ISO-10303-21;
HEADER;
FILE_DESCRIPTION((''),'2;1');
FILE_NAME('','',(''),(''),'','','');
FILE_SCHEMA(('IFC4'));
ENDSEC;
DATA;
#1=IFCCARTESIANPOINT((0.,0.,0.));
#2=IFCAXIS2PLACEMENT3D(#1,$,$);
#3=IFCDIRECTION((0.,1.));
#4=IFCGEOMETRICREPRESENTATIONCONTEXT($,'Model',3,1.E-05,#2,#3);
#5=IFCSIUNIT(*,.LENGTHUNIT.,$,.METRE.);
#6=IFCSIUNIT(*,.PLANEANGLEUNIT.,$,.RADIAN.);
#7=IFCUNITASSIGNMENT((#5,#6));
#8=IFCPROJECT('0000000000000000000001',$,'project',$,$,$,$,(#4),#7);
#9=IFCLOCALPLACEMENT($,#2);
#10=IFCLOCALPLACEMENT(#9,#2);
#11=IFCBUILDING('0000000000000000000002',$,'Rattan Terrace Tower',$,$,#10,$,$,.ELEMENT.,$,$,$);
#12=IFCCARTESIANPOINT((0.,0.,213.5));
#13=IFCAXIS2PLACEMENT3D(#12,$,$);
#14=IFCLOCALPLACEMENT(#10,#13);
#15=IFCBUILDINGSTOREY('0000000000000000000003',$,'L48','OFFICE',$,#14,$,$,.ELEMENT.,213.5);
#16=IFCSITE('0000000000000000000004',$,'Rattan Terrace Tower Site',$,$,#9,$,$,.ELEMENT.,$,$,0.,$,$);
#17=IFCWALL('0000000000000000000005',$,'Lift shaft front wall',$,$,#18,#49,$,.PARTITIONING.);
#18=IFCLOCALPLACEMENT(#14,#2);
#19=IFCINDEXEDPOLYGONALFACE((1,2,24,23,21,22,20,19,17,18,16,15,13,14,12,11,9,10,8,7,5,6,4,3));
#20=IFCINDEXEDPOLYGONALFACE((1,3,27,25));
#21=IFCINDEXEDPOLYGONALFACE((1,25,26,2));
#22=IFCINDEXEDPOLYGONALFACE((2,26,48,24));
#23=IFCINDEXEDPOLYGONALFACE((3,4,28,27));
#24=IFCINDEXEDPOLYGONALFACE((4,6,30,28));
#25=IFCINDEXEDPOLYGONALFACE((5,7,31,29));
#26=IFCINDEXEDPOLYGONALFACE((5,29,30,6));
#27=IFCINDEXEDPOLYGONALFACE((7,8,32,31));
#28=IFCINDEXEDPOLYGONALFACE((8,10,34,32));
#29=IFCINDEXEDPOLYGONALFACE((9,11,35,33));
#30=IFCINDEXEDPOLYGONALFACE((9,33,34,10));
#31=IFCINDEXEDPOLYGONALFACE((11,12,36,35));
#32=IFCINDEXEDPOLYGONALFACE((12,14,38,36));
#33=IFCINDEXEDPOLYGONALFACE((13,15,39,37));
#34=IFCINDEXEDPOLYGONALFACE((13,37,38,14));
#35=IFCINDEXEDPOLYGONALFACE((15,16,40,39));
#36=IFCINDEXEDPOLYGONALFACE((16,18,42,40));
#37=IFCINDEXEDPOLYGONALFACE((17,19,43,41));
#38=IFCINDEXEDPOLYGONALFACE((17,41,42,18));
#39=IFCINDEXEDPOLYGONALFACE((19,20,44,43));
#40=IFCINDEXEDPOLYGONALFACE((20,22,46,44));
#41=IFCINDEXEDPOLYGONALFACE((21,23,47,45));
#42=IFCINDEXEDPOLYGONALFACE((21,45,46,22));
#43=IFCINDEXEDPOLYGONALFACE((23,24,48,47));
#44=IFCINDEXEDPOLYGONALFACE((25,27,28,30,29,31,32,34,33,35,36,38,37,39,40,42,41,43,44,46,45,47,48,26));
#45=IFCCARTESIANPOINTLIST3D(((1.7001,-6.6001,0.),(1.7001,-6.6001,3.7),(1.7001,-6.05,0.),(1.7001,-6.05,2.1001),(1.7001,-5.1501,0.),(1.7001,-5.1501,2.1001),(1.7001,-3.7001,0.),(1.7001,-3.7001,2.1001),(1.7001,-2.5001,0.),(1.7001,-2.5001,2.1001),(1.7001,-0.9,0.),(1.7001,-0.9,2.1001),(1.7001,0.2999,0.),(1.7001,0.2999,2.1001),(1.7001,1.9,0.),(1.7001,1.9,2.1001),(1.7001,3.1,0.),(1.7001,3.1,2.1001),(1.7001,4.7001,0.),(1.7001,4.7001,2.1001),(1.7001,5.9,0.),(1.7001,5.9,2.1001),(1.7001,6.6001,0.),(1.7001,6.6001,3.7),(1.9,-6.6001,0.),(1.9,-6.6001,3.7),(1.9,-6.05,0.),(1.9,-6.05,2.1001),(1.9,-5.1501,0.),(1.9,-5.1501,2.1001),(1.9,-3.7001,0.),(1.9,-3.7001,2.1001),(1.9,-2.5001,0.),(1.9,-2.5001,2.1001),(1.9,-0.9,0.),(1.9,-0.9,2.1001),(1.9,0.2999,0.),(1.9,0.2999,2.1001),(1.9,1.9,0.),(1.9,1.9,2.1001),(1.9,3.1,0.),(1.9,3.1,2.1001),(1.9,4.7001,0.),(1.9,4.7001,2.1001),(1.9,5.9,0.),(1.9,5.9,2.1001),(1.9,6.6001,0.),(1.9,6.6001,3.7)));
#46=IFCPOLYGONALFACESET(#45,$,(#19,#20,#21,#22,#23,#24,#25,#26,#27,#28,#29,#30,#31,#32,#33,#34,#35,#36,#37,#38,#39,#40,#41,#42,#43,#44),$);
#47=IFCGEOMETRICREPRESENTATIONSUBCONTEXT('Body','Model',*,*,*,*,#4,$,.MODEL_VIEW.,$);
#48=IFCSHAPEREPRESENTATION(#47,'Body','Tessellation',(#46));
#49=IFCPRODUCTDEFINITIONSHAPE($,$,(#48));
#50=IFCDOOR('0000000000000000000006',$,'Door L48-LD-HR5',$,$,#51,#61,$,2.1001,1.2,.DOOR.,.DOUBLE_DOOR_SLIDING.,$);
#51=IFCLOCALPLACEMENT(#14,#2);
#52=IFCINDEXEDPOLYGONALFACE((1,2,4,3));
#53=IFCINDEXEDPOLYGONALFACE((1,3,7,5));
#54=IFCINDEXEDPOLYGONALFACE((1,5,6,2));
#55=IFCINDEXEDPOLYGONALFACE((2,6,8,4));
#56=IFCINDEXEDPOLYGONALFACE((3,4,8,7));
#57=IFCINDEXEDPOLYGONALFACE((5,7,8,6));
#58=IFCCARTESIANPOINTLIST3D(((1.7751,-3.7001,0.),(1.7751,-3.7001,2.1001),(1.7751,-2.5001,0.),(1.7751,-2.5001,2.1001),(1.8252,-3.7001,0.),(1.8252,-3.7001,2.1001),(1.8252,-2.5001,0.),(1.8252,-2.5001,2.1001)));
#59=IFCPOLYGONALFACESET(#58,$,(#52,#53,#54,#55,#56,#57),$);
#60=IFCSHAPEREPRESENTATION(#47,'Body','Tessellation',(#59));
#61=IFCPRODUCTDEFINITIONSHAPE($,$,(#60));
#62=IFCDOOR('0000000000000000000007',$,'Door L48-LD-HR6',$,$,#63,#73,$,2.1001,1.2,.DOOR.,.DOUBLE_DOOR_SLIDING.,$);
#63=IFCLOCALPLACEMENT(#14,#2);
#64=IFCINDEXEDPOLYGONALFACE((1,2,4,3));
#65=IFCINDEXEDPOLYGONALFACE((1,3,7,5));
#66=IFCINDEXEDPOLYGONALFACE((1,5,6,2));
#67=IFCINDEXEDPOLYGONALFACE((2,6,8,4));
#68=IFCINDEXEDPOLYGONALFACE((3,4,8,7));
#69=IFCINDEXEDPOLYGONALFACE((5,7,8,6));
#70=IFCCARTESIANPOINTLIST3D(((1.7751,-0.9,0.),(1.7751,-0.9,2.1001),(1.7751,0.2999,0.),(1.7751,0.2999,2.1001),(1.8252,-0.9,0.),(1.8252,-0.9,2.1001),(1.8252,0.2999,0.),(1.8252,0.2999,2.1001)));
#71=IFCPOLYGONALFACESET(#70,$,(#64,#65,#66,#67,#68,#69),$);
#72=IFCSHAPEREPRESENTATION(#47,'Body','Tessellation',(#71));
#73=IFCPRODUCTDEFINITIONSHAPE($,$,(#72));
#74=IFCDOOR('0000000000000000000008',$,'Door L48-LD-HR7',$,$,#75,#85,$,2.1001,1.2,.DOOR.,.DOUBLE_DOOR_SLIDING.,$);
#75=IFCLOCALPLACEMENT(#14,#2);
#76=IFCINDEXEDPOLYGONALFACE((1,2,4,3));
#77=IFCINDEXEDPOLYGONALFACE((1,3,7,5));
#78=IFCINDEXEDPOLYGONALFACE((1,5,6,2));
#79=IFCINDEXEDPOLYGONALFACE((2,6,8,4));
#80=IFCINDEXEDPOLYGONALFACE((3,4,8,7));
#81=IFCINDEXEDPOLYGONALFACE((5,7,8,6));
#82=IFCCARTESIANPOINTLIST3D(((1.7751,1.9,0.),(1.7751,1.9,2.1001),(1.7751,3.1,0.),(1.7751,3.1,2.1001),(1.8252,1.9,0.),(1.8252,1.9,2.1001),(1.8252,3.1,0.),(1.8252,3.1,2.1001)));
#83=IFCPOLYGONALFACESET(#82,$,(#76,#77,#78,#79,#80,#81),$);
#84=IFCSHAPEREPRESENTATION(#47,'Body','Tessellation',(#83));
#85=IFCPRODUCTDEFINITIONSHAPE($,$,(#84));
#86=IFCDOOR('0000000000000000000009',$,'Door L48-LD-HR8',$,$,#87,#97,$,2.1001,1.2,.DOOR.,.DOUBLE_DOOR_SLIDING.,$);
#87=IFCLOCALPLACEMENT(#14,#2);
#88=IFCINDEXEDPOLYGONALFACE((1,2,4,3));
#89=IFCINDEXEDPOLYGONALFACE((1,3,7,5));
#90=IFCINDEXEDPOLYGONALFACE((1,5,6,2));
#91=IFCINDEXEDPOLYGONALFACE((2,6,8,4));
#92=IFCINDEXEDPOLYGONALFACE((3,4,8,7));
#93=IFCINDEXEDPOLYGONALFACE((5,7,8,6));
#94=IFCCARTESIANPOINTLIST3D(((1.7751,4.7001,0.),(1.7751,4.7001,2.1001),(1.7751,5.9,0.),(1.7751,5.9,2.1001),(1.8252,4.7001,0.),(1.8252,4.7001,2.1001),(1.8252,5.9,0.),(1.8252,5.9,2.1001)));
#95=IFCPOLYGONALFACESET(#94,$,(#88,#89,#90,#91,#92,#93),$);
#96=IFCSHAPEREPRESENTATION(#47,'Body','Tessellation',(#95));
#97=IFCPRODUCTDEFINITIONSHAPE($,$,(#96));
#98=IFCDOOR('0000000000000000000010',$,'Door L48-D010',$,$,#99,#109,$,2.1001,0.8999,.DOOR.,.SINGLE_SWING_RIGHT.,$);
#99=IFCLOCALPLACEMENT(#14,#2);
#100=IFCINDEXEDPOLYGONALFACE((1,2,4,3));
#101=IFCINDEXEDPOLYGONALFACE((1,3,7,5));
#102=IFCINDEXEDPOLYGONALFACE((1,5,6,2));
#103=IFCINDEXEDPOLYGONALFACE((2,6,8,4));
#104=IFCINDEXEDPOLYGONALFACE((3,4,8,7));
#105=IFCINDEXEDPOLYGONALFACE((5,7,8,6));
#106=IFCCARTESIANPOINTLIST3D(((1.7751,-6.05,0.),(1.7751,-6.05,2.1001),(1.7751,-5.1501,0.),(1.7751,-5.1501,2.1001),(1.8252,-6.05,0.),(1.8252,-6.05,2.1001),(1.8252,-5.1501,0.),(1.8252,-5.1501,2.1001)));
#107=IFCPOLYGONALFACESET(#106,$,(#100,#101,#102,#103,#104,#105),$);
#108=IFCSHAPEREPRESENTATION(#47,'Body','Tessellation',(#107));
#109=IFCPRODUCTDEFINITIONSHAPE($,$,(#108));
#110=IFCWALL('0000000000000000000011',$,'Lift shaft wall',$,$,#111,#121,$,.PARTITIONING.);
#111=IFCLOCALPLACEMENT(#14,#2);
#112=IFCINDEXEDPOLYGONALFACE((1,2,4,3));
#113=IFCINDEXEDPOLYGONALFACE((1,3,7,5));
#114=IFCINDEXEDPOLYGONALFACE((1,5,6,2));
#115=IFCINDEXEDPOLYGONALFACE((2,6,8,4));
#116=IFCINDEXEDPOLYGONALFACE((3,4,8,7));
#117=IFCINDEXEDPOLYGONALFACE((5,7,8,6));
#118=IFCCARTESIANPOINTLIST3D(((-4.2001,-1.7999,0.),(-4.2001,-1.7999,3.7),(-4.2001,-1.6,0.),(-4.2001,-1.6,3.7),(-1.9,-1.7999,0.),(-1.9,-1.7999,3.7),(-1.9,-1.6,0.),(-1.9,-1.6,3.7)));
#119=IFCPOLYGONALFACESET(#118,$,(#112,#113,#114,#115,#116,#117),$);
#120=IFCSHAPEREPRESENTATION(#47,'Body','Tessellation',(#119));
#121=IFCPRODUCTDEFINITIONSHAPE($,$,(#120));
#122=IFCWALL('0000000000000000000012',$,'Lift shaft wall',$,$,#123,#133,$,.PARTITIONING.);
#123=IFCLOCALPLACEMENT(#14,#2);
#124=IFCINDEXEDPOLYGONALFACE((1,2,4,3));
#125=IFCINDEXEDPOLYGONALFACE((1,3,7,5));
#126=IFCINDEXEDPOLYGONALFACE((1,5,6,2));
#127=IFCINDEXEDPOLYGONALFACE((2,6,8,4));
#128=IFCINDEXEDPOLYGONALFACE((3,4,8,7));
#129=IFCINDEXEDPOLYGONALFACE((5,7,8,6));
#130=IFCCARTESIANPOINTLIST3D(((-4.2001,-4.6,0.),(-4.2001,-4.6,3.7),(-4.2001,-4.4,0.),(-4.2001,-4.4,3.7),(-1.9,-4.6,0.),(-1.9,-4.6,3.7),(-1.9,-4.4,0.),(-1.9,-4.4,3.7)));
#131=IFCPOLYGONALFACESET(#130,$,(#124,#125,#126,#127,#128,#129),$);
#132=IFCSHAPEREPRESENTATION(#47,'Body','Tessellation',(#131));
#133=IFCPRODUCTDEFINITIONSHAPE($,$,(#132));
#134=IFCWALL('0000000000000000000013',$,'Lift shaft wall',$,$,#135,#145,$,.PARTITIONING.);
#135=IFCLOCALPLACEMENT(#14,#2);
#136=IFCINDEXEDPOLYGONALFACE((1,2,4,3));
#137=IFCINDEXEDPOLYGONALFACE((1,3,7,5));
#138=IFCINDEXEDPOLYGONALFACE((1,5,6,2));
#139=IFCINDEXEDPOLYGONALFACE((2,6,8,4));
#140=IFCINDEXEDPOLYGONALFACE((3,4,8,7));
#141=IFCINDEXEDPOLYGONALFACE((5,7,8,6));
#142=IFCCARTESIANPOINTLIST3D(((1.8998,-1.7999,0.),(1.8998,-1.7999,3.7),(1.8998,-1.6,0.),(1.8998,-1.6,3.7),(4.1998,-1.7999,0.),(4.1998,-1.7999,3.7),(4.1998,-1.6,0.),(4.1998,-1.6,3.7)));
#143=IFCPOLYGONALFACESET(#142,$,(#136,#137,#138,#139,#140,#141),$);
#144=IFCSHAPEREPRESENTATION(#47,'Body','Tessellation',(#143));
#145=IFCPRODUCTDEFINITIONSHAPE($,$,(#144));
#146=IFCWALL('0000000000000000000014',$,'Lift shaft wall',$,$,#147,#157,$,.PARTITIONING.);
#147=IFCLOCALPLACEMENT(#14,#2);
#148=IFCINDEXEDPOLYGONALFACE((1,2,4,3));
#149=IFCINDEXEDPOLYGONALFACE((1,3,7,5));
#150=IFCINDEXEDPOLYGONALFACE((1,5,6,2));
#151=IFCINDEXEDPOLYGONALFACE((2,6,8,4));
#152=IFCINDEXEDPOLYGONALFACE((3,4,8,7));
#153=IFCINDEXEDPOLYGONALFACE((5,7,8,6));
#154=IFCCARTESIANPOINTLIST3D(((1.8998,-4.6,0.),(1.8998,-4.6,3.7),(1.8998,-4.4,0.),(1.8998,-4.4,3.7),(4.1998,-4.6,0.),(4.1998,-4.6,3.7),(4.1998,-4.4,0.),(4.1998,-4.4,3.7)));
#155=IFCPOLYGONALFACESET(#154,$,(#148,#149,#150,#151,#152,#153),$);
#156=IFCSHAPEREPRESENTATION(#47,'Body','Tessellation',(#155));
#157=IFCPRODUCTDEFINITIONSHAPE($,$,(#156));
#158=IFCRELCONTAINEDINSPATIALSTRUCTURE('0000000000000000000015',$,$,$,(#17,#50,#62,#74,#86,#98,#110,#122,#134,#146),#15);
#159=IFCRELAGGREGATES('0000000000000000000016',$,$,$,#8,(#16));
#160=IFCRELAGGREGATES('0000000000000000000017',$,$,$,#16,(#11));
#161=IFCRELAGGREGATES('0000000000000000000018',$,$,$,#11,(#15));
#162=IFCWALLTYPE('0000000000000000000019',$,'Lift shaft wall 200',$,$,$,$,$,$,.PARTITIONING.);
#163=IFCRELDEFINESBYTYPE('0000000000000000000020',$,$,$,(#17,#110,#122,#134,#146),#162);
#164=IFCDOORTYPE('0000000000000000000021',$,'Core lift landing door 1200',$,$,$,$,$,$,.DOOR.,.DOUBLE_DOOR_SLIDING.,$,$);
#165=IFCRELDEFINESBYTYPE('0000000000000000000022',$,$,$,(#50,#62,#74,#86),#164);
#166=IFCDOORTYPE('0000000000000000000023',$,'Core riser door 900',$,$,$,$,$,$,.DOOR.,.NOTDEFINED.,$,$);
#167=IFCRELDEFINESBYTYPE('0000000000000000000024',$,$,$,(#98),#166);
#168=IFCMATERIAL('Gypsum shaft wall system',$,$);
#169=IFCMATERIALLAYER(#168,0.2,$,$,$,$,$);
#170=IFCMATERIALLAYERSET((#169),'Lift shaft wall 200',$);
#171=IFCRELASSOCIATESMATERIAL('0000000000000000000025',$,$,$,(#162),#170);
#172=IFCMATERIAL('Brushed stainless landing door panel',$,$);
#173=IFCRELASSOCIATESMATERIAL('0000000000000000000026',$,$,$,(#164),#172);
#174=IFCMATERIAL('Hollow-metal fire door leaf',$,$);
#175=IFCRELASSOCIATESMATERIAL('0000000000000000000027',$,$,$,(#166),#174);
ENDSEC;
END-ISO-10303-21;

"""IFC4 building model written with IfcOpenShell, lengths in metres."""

from ifc_helpers import new_model, si_unit, direction, frame, frame_2d, origin, place, context, subcontext, project, spatial, rectangle, extrude, material, layer, layer_set, type_object, element, fill, save


model = new_model("IFC4")

# Units and contexts
model_context = context("Model", 3, precision=1e-05, world=origin(), true_north=direction((0.0, 1.0)))
body_context = subcontext(model_context, "Body", "Model", "MODEL_VIEW")
ifc_project = project(units=[si_unit("LENGTHUNIT", "METRE"), si_unit("PLANEANGLEUNIT", "RADIAN")], contexts=[model_context])

# Site, building, storey
site_placement = place(None, origin())
site = spatial("IfcSite", under=ifc_project, at=site_placement, Name="Rattan Terrace Tower Site", CompositionType="ELEMENT", RefElevation=0.0)
building_placement = place(site_placement, origin())
building = spatial("IfcBuilding", under=site, at=building_placement, Name="Rattan Terrace Tower", CompositionType="ELEMENT")
storey_placement = place(building_placement, frame((0.0, 0.0, 213.5)))
storey = spatial("IfcBuildingStorey", under=building, at=storey_placement, Name="L48", Description="OFFICE", CompositionType="ELEMENT", Elevation=213.5)

# Wall, openings, doors
ifc_material_1 = material(Name="Gypsum shaft wall system")
ifc_layer_1 = layer(ifc_material_1, 0.2)
ifc_layer_set_1 = layer_set([ifc_layer_1], Name="Lift shaft wall 200")
wall_type_1 = type_object("IfcWallType", Name="Lift shaft wall 200", PredefinedType="PARTITIONING", material=ifc_layer_set_1)
ifc_material_2 = material(Name="Brushed stainless landing door panel")
door_type_1 = type_object("IfcDoorType", Name="Core lift landing door 1200", OperationType="DOUBLE_DOOR_SLIDING", PredefinedType="DOOR", material=ifc_material_2)
ifc_material_3 = material(Name="Hollow-metal fire door leaf")
door_type_2 = type_object("IfcDoorType", Name="Core riser door 900", OperationType="NOTDEFINED", PredefinedType="DOOR", material=ifc_material_3)
wall_1_placement = place(storey_placement, frame((1.8, -6.6001, 0.0), z_axis=(0.0, 0.0, 1.0), x_axis=(0.0, 1.0, 0.0)))
wall_1 = element("IfcWall", 1, at=wall_1_placement, inside=storey, type_object=wall_type_1, Name="Lift shaft front wall", PredefinedType="PARTITIONING", context=body_context, shape_type="SweptSolid", body=[
    extrude(rectangle(XDim=13.2002, YDim=0.2, at=frame_2d((6.6001, 0.0))), origin(), (0.0, 0.0, 1.0), 3.7),
])
opening_1_placement = place(wall_1_placement, frame((0.55, 0.0, 0.0)))
opening_1 = element("IfcOpeningElement", 2, at=opening_1_placement, cuts=wall_1, PredefinedType="OPENING", context=body_context, shape_type="SweptSolid", body=[
    extrude(rectangle(XDim=0.8999, YDim=2.1001, at=frame_2d((0.45, 1.05))), frame((0.0, 0.1106, 0.0), z_axis=(0.0, -1.0, 0.0), x_axis=(1.0, 0.0, 0.0)), (0.0, 0.0, 1.0), 0.2209),
])
opening_2_placement = place(wall_1_placement, frame((2.8999, 0.0, 0.0)))
opening_2 = element("IfcOpeningElement", 3, at=opening_2_placement, cuts=wall_1, PredefinedType="OPENING", context=body_context, shape_type="SweptSolid", body=[
    extrude(rectangle(XDim=1.2, YDim=2.1001, at=frame_2d((0.6001, 1.05))), frame((0.0, 0.1106, 0.0), z_axis=(0.0, -1.0, 0.0), x_axis=(1.0, 0.0, 0.0)), (0.0, 0.0, 1.0), 0.2209),
])
opening_3_placement = place(wall_1_placement, frame((5.7, 0.0, 0.0)))
opening_3 = element("IfcOpeningElement", 4, at=opening_3_placement, cuts=wall_1, PredefinedType="OPENING", context=body_context, shape_type="SweptSolid", body=[
    extrude(rectangle(XDim=1.2, YDim=2.1001, at=frame_2d((0.6001, 1.05))), frame((0.0, 0.1106, 0.0), z_axis=(0.0, -1.0, 0.0), x_axis=(1.0, 0.0, 0.0)), (0.0, 0.0, 1.0), 0.2209),
])
opening_4_placement = place(wall_1_placement, frame((8.5, 0.0, 0.0)))
opening_4 = element("IfcOpeningElement", 5, at=opening_4_placement, cuts=wall_1, PredefinedType="OPENING", context=body_context, shape_type="SweptSolid", body=[
    extrude(rectangle(XDim=1.2, YDim=2.1001, at=frame_2d((0.6001, 1.05))), frame((0.0, 0.1106, 0.0), z_axis=(0.0, -1.0, 0.0), x_axis=(1.0, 0.0, 0.0)), (0.0, 0.0, 1.0), 0.2209),
])
opening_5_placement = place(wall_1_placement, frame((11.3, 0.0, 0.0)))
opening_5 = element("IfcOpeningElement", 6, at=opening_5_placement, cuts=wall_1, PredefinedType="OPENING", context=body_context, shape_type="SweptSolid", body=[
    extrude(rectangle(XDim=1.2, YDim=2.1001, at=frame_2d((0.6001, 1.05))), frame((0.0, 0.1106, 0.0), z_axis=(0.0, -1.0, 0.0), x_axis=(1.0, 0.0, 0.0)), (0.0, 0.0, 1.0), 0.2209),
])
door_1_placement = place(opening_2_placement, origin())
door_1 = element("IfcDoor", 7, at=door_1_placement, inside=storey, type_object=door_type_1, Name="Door L48-LD-HR5", OperationType="DOUBLE_DOOR_SLIDING", OverallHeight=2.1001, OverallWidth=1.2, PredefinedType="DOOR", context=body_context, shape_type="SweptSolid", body=[
    extrude(rectangle(XDim=1.2, YDim=2.1001, at=frame_2d((0.6001, 1.05))), frame((0.0, 0.0249, 0.0), z_axis=(0.0, -1.0, 0.0), x_axis=(1.0, 0.0, 0.0)), (0.0, 0.0, 1.0), 0.05),
])
fill(opening_2, door_1)
door_2_placement = place(opening_3_placement, origin())
door_2 = element("IfcDoor", 8, at=door_2_placement, inside=storey, type_object=door_type_1, Name="Door L48-LD-HR6", OperationType="DOUBLE_DOOR_SLIDING", OverallHeight=2.1001, OverallWidth=1.2, PredefinedType="DOOR", context=body_context, shape_type="SweptSolid", body=[
    extrude(rectangle(XDim=1.2, YDim=2.1001, at=frame_2d((0.6001, 1.05))), frame((0.0, 0.0249, 0.0), z_axis=(0.0, -1.0, 0.0), x_axis=(1.0, 0.0, 0.0)), (0.0, 0.0, 1.0), 0.05),
])
fill(opening_3, door_2)
door_3_placement = place(opening_4_placement, origin())
door_3 = element("IfcDoor", 9, at=door_3_placement, inside=storey, type_object=door_type_1, Name="Door L48-LD-HR7", OperationType="DOUBLE_DOOR_SLIDING", OverallHeight=2.1001, OverallWidth=1.2, PredefinedType="DOOR", context=body_context, shape_type="SweptSolid", body=[
    extrude(rectangle(XDim=1.2, YDim=2.1001, at=frame_2d((0.6001, 1.05))), frame((0.0, 0.0249, 0.0), z_axis=(0.0, -1.0, 0.0), x_axis=(1.0, 0.0, 0.0)), (0.0, 0.0, 1.0), 0.05),
])
fill(opening_4, door_3)
door_4_placement = place(opening_5_placement, origin())
door_4 = element("IfcDoor", 10, at=door_4_placement, inside=storey, type_object=door_type_1, Name="Door L48-LD-HR8", OperationType="DOUBLE_DOOR_SLIDING", OverallHeight=2.1001, OverallWidth=1.2, PredefinedType="DOOR", context=body_context, shape_type="SweptSolid", body=[
    extrude(rectangle(XDim=1.2, YDim=2.1001, at=frame_2d((0.6001, 1.05))), frame((0.0, 0.0249, 0.0), z_axis=(0.0, -1.0, 0.0), x_axis=(1.0, 0.0, 0.0)), (0.0, 0.0, 1.0), 0.05),
])
fill(opening_5, door_4)
door_5_placement = place(opening_1_placement, origin())
door_5 = element("IfcDoor", 11, at=door_5_placement, inside=storey, type_object=door_type_2, Name="Door L48-D010", OperationType="SINGLE_SWING_RIGHT", OverallHeight=2.1001, OverallWidth=0.8999, PredefinedType="DOOR", context=body_context, shape_type="SweptSolid", body=[
    extrude(rectangle(XDim=0.8999, YDim=2.1001, at=frame_2d((0.45, 1.05))), frame((0.0, 0.0249, 0.0), z_axis=(0.0, -1.0, 0.0), x_axis=(1.0, 0.0, 0.0)), (0.0, 0.0, 1.0), 0.05),
])
fill(opening_1, door_5)

# Walls
for number, where, z_axis, x_axis, name in (
    (12, (-4.2, -1.7, 0.0), (0.0, 0.0, 1.0), (1.0, 0.0, 0.0), "Lift shaft wall"),
    (13, (-4.2, -4.5, 0.0), (0.0, 0.0, 1.0), (1.0, 0.0, 0.0), "Lift shaft wall"),
    (14, (1.8999, -1.7, 0.0), (0.0, 0.0, 1.0), (1.0, 0.0, 0.0), "Lift shaft wall"),
    (15, (1.8999, -4.5, 0.0), (0.0, 0.0, 1.0), (1.0, 0.0, 0.0), "Lift shaft wall"),
):
    element("IfcWall", number, at=place(storey_placement, frame(where, z_axis=z_axis, x_axis=x_axis)), inside=storey, type_object=wall_type_1, Name=name, PredefinedType="PARTITIONING", context=body_context, shape_type="SweptSolid", body=[
        extrude(rectangle(XDim=2.3, YDim=0.2, at=frame_2d((1.1499, 0.0))), origin(), (0.0, 0.0, 1.0), 3.7),
    ])

save(model, "model.ifc")
